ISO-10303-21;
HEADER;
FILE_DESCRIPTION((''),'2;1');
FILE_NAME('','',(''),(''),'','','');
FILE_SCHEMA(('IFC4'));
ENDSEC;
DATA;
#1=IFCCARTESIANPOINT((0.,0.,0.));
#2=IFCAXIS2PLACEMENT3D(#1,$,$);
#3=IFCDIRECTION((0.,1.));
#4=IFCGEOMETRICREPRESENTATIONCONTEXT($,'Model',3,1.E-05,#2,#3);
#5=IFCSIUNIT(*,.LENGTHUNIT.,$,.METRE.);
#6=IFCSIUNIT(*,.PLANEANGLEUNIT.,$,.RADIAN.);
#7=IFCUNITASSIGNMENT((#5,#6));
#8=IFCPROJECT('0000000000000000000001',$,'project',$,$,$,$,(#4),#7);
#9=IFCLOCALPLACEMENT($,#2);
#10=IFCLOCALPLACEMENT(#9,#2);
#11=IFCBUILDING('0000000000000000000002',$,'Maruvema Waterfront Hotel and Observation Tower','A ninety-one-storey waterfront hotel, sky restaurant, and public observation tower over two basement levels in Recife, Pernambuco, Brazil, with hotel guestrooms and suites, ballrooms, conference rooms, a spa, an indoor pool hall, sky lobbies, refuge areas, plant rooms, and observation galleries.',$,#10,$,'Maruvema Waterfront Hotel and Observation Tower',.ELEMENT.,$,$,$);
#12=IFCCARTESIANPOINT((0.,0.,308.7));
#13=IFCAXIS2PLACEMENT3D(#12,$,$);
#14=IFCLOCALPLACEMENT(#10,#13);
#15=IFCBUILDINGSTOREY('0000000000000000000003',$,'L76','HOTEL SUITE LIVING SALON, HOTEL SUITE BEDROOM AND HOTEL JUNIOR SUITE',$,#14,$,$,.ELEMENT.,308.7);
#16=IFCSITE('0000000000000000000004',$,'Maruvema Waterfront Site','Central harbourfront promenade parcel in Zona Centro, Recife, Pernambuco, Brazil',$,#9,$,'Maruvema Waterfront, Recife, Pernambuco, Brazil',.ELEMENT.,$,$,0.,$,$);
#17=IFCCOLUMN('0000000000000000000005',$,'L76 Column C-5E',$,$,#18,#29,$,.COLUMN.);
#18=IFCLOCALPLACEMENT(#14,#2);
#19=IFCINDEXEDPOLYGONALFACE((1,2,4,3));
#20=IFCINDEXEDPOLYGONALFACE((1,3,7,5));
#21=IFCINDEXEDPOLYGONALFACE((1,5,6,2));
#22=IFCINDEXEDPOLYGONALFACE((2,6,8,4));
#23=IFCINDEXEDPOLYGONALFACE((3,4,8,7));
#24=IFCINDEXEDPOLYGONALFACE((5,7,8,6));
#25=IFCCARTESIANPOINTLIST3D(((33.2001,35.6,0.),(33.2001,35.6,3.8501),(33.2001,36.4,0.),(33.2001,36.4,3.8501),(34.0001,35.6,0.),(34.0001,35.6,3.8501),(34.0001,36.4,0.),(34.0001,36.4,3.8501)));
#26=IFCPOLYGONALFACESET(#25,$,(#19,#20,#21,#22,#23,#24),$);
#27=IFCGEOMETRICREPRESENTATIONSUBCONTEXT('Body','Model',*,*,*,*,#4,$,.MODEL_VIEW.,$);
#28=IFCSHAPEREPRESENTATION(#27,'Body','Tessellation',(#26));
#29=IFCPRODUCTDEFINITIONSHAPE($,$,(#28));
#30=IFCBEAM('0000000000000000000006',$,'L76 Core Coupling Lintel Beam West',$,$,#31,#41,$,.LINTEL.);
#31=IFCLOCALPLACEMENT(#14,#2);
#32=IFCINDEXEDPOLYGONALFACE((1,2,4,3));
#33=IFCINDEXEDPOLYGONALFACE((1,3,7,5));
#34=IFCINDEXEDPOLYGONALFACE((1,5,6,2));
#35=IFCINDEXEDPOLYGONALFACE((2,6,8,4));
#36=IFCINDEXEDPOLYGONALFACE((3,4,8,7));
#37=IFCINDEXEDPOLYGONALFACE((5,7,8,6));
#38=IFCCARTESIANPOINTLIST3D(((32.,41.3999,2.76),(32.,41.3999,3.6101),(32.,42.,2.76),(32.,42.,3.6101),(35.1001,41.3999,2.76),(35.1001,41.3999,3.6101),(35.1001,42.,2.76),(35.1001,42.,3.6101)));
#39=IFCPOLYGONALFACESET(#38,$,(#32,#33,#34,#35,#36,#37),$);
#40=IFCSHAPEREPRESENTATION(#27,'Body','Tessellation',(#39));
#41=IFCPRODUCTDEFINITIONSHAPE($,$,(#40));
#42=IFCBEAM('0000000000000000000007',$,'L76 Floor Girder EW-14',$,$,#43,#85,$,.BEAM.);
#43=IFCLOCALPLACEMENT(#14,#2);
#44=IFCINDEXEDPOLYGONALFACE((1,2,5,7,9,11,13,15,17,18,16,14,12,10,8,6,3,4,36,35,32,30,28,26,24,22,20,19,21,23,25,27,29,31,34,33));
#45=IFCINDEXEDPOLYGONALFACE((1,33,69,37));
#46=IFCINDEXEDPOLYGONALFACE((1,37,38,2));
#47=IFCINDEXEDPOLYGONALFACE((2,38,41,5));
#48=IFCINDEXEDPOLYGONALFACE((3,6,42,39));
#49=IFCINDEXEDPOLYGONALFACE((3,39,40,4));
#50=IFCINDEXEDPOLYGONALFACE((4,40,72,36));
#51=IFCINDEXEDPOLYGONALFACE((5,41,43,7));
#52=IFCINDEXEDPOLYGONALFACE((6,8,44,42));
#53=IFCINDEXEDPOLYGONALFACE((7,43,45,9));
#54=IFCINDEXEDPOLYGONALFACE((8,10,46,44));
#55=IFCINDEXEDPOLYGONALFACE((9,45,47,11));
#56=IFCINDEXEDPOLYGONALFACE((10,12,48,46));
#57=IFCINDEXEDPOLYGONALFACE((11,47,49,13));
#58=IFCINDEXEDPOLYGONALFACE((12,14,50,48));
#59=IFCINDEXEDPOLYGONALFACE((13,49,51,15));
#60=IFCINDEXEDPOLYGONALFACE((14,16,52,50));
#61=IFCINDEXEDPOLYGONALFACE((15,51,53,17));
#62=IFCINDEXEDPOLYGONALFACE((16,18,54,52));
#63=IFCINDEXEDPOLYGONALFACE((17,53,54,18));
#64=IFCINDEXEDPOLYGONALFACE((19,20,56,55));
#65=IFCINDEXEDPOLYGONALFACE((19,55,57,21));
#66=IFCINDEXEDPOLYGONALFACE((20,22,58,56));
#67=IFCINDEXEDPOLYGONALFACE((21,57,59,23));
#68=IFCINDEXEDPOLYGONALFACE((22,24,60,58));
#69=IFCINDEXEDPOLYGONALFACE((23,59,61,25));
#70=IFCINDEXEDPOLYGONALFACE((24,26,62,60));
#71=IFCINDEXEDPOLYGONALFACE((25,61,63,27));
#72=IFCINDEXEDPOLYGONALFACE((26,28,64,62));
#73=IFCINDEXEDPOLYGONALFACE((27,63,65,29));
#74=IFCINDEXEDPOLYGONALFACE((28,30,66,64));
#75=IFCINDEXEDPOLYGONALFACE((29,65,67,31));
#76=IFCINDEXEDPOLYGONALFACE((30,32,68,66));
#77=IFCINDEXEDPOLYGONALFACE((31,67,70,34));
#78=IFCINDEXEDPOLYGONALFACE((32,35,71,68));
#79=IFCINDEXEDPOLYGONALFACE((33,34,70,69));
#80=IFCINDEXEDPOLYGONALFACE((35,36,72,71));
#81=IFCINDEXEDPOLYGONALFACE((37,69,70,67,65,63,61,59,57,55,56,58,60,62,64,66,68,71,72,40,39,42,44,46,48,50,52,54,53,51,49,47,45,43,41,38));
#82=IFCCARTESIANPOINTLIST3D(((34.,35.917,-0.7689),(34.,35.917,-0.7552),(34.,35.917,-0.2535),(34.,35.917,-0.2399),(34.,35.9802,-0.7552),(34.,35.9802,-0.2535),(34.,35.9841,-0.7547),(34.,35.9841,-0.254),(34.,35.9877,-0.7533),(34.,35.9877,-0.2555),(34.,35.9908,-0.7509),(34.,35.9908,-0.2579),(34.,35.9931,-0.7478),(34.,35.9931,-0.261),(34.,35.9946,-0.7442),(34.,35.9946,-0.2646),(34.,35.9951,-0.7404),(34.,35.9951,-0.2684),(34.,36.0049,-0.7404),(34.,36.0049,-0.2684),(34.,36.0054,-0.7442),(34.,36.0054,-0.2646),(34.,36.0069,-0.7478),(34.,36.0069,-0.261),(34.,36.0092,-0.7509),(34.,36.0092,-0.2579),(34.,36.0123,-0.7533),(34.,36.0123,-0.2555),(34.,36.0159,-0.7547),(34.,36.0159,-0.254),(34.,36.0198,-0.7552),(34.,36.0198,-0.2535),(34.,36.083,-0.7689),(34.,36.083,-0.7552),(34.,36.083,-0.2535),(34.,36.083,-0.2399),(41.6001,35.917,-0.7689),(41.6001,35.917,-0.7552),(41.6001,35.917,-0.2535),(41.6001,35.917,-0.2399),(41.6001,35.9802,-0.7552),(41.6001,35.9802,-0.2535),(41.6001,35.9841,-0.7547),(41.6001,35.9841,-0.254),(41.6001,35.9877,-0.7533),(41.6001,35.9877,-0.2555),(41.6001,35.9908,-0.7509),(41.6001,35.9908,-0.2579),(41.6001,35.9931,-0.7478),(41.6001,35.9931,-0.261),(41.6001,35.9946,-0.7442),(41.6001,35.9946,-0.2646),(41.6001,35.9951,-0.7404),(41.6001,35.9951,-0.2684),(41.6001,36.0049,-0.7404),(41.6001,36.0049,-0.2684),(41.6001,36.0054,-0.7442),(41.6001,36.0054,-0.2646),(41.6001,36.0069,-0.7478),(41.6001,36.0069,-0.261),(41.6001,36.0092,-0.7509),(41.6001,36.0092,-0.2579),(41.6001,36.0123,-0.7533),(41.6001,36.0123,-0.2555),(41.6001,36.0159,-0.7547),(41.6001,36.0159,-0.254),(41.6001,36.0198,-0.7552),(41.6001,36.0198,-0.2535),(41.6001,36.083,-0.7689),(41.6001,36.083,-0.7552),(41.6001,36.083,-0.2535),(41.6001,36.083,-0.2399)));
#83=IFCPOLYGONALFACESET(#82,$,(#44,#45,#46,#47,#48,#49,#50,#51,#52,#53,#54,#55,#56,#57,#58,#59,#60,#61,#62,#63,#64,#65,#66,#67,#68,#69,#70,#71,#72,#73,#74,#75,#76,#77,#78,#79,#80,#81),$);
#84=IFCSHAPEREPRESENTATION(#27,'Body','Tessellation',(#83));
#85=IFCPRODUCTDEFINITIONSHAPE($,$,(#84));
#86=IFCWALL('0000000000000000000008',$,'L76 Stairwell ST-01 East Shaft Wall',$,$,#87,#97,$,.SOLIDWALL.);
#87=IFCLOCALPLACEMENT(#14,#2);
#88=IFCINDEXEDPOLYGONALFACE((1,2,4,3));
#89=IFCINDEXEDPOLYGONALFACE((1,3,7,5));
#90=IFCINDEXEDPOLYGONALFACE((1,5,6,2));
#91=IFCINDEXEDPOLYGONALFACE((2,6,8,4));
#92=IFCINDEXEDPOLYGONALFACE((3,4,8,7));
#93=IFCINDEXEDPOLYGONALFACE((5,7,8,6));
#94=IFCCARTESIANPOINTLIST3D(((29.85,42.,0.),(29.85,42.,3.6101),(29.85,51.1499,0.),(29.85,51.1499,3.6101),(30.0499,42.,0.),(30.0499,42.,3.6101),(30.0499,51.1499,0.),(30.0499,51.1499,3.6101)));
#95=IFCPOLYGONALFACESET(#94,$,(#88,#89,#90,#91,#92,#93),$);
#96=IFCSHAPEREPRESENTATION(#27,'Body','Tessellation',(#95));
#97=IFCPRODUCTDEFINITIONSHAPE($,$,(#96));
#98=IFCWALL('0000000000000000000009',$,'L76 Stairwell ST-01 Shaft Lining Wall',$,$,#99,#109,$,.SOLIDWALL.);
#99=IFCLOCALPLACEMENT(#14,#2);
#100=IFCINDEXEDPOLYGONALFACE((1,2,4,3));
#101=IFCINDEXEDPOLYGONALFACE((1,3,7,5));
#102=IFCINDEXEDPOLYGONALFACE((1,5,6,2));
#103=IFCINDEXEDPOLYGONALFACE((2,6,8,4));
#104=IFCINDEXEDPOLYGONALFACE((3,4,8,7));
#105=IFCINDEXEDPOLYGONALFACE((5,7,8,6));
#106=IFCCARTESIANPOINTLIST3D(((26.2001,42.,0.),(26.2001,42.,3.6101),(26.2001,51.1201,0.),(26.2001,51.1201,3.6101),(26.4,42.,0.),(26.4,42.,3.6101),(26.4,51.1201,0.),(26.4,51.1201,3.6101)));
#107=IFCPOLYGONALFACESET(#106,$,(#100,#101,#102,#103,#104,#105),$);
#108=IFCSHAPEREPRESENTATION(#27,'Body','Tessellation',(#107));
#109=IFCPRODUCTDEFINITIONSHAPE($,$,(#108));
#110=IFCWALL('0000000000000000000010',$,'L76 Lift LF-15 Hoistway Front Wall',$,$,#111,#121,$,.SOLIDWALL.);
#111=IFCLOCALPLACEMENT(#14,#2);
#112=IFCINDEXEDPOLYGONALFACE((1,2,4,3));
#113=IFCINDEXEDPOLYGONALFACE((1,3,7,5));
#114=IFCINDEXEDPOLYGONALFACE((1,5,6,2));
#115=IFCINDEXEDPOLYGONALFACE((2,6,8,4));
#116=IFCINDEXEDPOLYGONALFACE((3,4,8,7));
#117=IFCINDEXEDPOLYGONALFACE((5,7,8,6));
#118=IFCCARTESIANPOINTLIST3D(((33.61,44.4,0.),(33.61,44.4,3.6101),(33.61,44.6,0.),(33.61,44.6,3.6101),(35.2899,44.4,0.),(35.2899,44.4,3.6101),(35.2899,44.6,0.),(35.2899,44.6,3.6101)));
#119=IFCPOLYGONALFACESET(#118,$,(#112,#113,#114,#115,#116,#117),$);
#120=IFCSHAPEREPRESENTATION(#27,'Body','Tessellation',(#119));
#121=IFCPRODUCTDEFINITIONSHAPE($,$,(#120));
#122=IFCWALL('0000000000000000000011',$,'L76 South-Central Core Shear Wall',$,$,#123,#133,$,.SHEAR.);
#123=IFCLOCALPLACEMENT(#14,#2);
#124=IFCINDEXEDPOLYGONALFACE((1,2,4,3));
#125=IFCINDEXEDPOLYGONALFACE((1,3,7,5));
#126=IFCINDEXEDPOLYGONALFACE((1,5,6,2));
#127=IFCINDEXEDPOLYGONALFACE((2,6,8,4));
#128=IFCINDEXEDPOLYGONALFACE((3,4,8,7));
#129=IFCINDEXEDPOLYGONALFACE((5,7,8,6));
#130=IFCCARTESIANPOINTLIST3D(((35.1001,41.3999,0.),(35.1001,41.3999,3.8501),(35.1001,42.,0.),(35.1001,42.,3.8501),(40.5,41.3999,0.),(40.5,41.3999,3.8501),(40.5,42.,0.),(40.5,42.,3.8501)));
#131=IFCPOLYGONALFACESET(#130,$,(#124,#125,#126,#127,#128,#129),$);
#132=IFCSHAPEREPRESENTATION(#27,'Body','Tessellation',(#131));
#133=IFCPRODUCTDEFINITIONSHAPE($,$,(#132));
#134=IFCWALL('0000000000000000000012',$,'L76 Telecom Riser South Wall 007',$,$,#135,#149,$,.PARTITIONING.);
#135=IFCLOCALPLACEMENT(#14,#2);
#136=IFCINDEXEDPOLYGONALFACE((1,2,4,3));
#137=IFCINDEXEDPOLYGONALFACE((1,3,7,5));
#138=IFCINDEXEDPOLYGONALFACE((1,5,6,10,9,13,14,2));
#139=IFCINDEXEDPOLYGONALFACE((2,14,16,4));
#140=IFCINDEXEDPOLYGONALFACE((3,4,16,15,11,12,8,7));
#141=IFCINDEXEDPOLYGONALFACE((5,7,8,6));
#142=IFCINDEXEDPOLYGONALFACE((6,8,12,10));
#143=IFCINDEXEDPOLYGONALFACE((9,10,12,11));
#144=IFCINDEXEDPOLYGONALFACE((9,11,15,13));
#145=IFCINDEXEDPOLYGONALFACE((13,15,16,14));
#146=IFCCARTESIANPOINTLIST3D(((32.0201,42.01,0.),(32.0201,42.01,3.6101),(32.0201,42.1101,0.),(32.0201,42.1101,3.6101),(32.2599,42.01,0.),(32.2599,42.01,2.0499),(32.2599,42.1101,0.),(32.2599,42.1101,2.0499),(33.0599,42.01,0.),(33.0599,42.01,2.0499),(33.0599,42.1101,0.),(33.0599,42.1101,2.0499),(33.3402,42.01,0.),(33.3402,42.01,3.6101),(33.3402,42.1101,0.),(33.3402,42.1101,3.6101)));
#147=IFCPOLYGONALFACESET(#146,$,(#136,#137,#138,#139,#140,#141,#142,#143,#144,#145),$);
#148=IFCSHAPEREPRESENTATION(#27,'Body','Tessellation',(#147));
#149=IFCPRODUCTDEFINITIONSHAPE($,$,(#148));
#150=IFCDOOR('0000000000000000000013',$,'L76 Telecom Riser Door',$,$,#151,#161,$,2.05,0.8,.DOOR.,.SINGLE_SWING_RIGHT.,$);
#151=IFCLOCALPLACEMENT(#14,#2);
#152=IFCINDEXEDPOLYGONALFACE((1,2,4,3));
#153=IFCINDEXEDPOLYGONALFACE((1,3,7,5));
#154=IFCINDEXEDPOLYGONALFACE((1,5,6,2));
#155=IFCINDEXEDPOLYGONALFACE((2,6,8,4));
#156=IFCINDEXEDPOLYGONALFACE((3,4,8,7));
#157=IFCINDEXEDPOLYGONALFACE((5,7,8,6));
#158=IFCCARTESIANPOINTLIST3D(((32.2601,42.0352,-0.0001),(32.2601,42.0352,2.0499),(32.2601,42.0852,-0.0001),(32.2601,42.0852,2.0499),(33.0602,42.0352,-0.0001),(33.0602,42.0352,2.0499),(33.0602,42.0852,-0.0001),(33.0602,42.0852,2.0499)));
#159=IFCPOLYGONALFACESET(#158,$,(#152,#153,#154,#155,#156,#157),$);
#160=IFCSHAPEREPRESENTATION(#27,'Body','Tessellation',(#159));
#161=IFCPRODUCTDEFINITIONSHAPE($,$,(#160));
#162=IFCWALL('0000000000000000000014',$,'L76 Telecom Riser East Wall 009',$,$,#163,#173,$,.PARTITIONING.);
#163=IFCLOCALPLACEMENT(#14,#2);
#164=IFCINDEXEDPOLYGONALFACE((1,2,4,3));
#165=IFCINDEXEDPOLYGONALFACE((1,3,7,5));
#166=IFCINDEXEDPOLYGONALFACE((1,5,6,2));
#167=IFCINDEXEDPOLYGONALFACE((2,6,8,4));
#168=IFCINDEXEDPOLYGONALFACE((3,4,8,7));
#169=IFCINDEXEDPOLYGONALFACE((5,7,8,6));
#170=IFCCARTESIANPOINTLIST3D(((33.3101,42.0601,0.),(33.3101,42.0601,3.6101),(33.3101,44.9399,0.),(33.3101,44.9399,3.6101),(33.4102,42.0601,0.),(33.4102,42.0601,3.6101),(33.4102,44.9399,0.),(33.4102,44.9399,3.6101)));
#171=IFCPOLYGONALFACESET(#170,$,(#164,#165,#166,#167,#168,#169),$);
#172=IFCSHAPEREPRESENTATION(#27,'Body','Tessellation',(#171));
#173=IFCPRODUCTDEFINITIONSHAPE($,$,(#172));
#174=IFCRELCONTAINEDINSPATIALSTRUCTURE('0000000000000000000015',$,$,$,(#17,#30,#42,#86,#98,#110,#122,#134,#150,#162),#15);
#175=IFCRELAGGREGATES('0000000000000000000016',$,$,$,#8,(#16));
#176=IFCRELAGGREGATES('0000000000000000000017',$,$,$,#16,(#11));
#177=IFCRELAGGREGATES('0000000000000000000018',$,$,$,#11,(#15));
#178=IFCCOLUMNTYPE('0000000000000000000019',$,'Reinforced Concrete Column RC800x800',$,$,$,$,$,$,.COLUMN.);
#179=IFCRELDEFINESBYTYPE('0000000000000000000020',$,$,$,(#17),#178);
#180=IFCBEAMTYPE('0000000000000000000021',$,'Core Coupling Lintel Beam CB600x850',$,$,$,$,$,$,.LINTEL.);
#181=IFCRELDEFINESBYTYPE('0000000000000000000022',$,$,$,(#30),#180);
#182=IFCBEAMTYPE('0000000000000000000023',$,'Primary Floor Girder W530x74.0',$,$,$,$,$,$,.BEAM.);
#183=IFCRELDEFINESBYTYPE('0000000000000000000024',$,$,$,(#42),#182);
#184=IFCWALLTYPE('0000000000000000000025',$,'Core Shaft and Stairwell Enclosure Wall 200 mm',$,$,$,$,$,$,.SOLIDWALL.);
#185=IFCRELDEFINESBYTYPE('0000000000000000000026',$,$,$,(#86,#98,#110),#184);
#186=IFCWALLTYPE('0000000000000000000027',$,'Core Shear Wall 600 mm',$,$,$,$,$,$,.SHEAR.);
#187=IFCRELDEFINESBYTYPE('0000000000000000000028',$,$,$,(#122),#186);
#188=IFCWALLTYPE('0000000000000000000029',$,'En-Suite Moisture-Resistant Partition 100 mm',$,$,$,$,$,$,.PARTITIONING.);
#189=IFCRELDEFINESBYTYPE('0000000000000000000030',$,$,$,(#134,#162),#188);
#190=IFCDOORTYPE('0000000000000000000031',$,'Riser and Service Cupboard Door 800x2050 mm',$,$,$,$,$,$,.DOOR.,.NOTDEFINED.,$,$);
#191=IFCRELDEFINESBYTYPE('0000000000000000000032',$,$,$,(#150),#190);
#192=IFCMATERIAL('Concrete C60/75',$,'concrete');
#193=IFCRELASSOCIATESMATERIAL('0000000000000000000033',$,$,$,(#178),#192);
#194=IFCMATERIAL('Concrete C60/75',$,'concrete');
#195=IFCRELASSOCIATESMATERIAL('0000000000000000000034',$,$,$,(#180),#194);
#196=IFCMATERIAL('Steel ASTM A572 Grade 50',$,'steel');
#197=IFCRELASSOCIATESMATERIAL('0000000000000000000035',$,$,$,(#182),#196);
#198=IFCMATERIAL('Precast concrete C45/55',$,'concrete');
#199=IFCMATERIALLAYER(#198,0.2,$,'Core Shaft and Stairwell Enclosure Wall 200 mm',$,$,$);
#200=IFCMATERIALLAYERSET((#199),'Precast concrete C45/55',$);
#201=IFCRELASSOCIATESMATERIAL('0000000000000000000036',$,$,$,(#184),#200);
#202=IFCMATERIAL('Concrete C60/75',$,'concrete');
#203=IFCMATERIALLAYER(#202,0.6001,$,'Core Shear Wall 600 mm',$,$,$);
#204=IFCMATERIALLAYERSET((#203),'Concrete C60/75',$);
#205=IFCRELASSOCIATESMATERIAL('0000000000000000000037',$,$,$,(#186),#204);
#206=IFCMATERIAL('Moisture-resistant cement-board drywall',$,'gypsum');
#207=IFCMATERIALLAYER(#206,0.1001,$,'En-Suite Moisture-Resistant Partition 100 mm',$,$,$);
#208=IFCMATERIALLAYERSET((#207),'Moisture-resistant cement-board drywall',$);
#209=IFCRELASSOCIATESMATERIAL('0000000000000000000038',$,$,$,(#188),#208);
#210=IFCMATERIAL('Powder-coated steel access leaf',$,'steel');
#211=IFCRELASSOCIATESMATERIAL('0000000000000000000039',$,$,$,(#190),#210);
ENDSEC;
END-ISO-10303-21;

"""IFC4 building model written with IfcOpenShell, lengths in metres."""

from ifc_helpers import new_model, si_unit, direction, frame, frame_2d, origin, origin_2d, place, context, subcontext, project, spatial, rectangle, i_section, extrude, material, layer, layer_set, material_profile, profile_set, type_object, element, fill, save


model = new_model("IFC4")

# Units and contexts
model_context = context("Model", 3, precision=1e-05, world=origin(), true_north=direction((0.0, 1.0)))
body_context = subcontext(model_context, "Body", "Model", "MODEL_VIEW")
ifc_project = project(units=[si_unit("LENGTHUNIT", "METRE"), si_unit("PLANEANGLEUNIT", "RADIAN")], contexts=[model_context])

# Site, building, storey
site_placement = place(None, origin())
site = spatial("IfcSite", under=ifc_project, at=site_placement, Name="Maruvema Waterfront Site", Description="Central harbourfront promenade parcel in Zona Centro, Recife, Pernambuco, Brazil", LongName="Maruvema Waterfront, Recife, Pernambuco, Brazil", CompositionType="ELEMENT", RefElevation=0.0)
building_placement = place(site_placement, origin())
building = spatial("IfcBuilding", under=site, at=building_placement, Name="Maruvema Waterfront Hotel and Observation Tower", Description="A ninety-one-storey waterfront hotel, sky restaurant, and public observation tower over two basement levels in Recife, Pernambuco, Brazil, with hotel guestrooms and suites, ballrooms, conference rooms, a spa, an indoor pool hall, sky lobbies, refuge areas, plant rooms, and observation galleries.", LongName="Maruvema Waterfront Hotel and Observation Tower", CompositionType="ELEMENT")
storey_placement = place(building_placement, frame((0.0, 0.0, 308.7)))
storey = spatial("IfcBuildingStorey", under=building, at=storey_placement, Name="L76", Description="HOTEL SUITE LIVING SALON, HOTEL SUITE BEDROOM AND HOTEL JUNIOR SUITE", CompositionType="ELEMENT", Elevation=308.7)

# Column
ifc_material_1 = material(Name="Concrete C60/75", Category="concrete")
ifc_material_profile_1 = material_profile(ifc_material_1, rectangle(XDim=0.8, YDim=0.8, at=origin_2d()), Name="RC800x800")
ifc_profile_set_1 = profile_set([ifc_material_profile_1], Name="Concrete C60/75")
column_type = type_object("IfcColumnType", Name="Reinforced Concrete Column RC800x800", PredefinedType="COLUMN", material=ifc_profile_set_1)
column_placement = place(storey_placement, frame((33.6001, 36.0, 0.0), z_axis=(0.0, 0.0, 1.0), x_axis=(1.0, 0.0, 0.0)))
element("IfcColumn", 1, at=column_placement, inside=storey, type_object=column_type, Name="L76 Column C-5E", PredefinedType="COLUMN", context=body_context, shape_type="SweptSolid", body=[
    extrude(rectangle(XDim=0.8, YDim=0.8, at=origin_2d()), origin(), (0.0, 0.0, 1.0), 3.8501),
])

# Beams
ifc_material_2 = material(Name="Concrete C60/75", Category="concrete")
ifc_material_profile_2 = material_profile(ifc_material_2, rectangle(XDim=0.6001, YDim=0.8501, at=origin_2d()), Name="CB600x850")
ifc_profile_set_2 = profile_set([ifc_material_profile_2], Name="Concrete C60/75")
beam_type_1 = type_object("IfcBeamType", Name="Core Coupling Lintel Beam CB600x850", PredefinedType="LINTEL", material=ifc_profile_set_2)
beam_1_placement = place(storey_placement, frame((32.0, 41.7, 3.1851), z_axis=(1.0, 0.0, 0.0), x_axis=(0.0, 1.0, 0.0)))
element("IfcBeam", 2, at=beam_1_placement, inside=storey, type_object=beam_type_1, Name="L76 Core Coupling Lintel Beam West", PredefinedType="LINTEL", context=body_context, shape_type="SweptSolid", body=[
    extrude(rectangle(XDim=0.6001, YDim=0.8501, at=origin_2d()), origin(), (0.0, 0.0, 1.0), 3.1001),
])
ifc_material_3 = material(Name="Steel ASTM A572 Grade 50", Category="steel")
ifc_material_profile_3 = material_profile(ifc_material_3, i_section(OverallWidth=0.166, OverallDepth=0.5291, WebThickness=0.0098, FlangeThickness=0.0137, FilletRadius=0.0149, at=origin_2d()), Name="W530x74.0")
ifc_profile_set_3 = profile_set([ifc_material_profile_3], Name="Steel ASTM A572 Grade 50")
beam_type_2 = type_object("IfcBeamType", Name="Primary Floor Girder W530x74.0", PredefinedType="BEAM", material=ifc_profile_set_3)
beam_2_placement = place(storey_placement, frame((34.0, 36.0, -0.5044), z_axis=(1.0, 0.0, 0.0), x_axis=(0.0, 1.0, 0.0)))
element("IfcBeam", 3, at=beam_2_placement, inside=storey, type_object=beam_type_2, Name="L76 Floor Girder EW-14", PredefinedType="BEAM", context=body_context, shape_type="SweptSolid", body=[
    extrude(i_section(OverallWidth=0.166, OverallDepth=0.5291, WebThickness=0.0098, FlangeThickness=0.0137, FilletRadius=0.0149, at=origin_2d()), origin(), (0.0, 0.0, 1.0), 7.6001),
])

# Walls
ifc_material_4 = material(Name="Precast concrete C45/55", Category="concrete")
ifc_layer_1 = layer(ifc_material_4, 0.2, Name="Core Shaft and Stairwell Enclosure Wall 200 mm")
ifc_layer_set_1 = layer_set([ifc_layer_1], Name="Precast concrete C45/55")
wall_type_1 = type_object("IfcWallType", Name="Core Shaft and Stairwell Enclosure Wall 200 mm", PredefinedType="SOLIDWALL", material=ifc_layer_set_1)
wall_1_placement = place(storey_placement, frame((29.95, 42.0, 0.0), z_axis=(0.0, 0.0, 1.0), x_axis=(0.0, 1.0, 0.0)))
element("IfcWall", 4, at=wall_1_placement, inside=storey, type_object=wall_type_1, Name="L76 Stairwell ST-01 East Shaft Wall", PredefinedType="SOLIDWALL", context=body_context, shape_type="SweptSolid", body=[
    extrude(rectangle(XDim=9.1499, YDim=0.2, at=frame_2d((4.575, 0.0))), origin(), (0.0, 0.0, 1.0), 3.6101),
])
wall_2_placement = place(storey_placement, frame((26.3, 42.0, 0.0), z_axis=(0.0, 0.0, 1.0), x_axis=(0.0, 1.0, 0.0)))
element("IfcWall", 5, at=wall_2_placement, inside=storey, type_object=wall_type_1, Name="L76 Stairwell ST-01 Shaft Lining Wall", PredefinedType="SOLIDWALL", context=body_context, shape_type="SweptSolid", body=[
    extrude(rectangle(XDim=9.1201, YDim=0.2, at=frame_2d((4.5601, 0.0))), origin(), (0.0, 0.0, 1.0), 3.6101),
])
wall_3_placement = place(storey_placement, frame((33.6101, 44.5, 0.0), z_axis=(0.0, 0.0, 1.0), x_axis=(1.0, 0.0, 0.0)))
element("IfcWall", 6, at=wall_3_placement, inside=storey, type_object=wall_type_1, Name="L76 Lift LF-15 Hoistway Front Wall", PredefinedType="SOLIDWALL", context=body_context, shape_type="SweptSolid", body=[
    extrude(rectangle(XDim=1.6799, YDim=0.2, at=frame_2d((0.8398, 0.0))), origin(), (0.0, 0.0, 1.0), 3.6101),
])
ifc_material_5 = material(Name="Concrete C60/75", Category="concrete")
ifc_layer_2 = layer(ifc_material_5, 0.6001, Name="Core Shear Wall 600 mm")
ifc_layer_set_2 = layer_set([ifc_layer_2], Name="Concrete C60/75")
wall_type_2 = type_object("IfcWallType", Name="Core Shear Wall 600 mm", PredefinedType="SHEAR", material=ifc_layer_set_2)
wall_4_placement = place(storey_placement, frame((35.1001, 41.7, 0.0), z_axis=(0.0, 0.0, 1.0), x_axis=(1.0, 0.0, 0.0)))
element("IfcWall", 7, at=wall_4_placement, inside=storey, type_object=wall_type_2, Name="L76 South-Central Core Shear Wall", PredefinedType="SHEAR", context=body_context, shape_type="SweptSolid", body=[
    extrude(rectangle(XDim=5.3999, YDim=0.6001, at=frame_2d((2.7, 0.0))), origin(), (0.0, 0.0, 1.0), 3.8501),
])

# Wall, opening, door
ifc_material_6 = material(Name="Moisture-resistant cement-board drywall", Category="gypsum")
ifc_layer_3 = layer(ifc_material_6, 0.1001, Name="En-Suite Moisture-Resistant Partition 100 mm")
ifc_layer_set_3 = layer_set([ifc_layer_3], Name="Moisture-resistant cement-board drywall")
wall_type_3 = type_object("IfcWallType", Name="En-Suite Moisture-Resistant Partition 100 mm", PredefinedType="PARTITIONING", material=ifc_layer_set_3)
wall_5_placement = place(storey_placement, frame((32.02, 42.0601, 0.0), z_axis=(0.0, 0.0, 1.0), x_axis=(1.0, 0.0, 0.0)))
wall_5 = element("IfcWall", 8, at=wall_5_placement, inside=storey, type_object=wall_type_3, Name="L76 Telecom Riser South Wall 007", PredefinedType="PARTITIONING", context=body_context, shape_type="SweptSolid", body=[
    extrude(rectangle(XDim=1.3201, YDim=0.1001, at=frame_2d((0.6602, 0.0))), origin(), (0.0, 0.0, 1.0), 3.6101),
])
opening_1_placement = place(wall_5_placement, frame((0.24, 0.0, 0.0)))
opening_1 = element("IfcOpeningElement", 9, at=opening_1_placement, cuts=wall_5, PredefinedType="OPENING", context=body_context, shape_type="SweptSolid", body=[
    extrude(rectangle(XDim=0.8, YDim=2.05, at=frame_2d((0.3999, 1.0249))), frame((0.0, 0.0601, 0.0), z_axis=(0.0, -1.0, 0.0), x_axis=(1.0, 0.0, 0.0)), (0.0, 0.0, 1.0), 0.1201),
])
ifc_material_7 = material(Name="Powder-coated steel access leaf", Category="steel")
door_type_1 = type_object("IfcDoorType", Name="Riser and Service Cupboard Door 800x2050 mm", OperationType="NOTDEFINED", PredefinedType="DOOR", material=ifc_material_7)
door_1_placement = place(opening_1_placement, frame((0.8, 0.0, 0.0), z_axis=(0.0, 0.0, 1.0), x_axis=(-1.0, 0.0, 0.0)))
door_1 = element("IfcDoor", 10, at=door_1_placement, inside=storey, type_object=door_type_1, Name="L76 Telecom Riser Door", OperationType="SINGLE_SWING_RIGHT", OverallHeight=2.05, OverallWidth=0.8, PredefinedType="DOOR", context=body_context, shape_type="SweptSolid", body=[
    extrude(rectangle(XDim=0.8, YDim=2.05, at=frame_2d((0.3999, 1.0249))), frame((0.0, 0.0249, 0.0), z_axis=(0.0, -1.0, 0.0), x_axis=(1.0, 0.0, 0.0)), (0.0, 0.0, 1.0), 0.05),
])
fill(opening_1, door_1)

# Wall
wall_6_placement = place(storey_placement, frame((33.3601, 42.0601, 0.0), z_axis=(0.0, 0.0, 1.0), x_axis=(0.0, 1.0, 0.0)))
element("IfcWall", 11, at=wall_6_placement, inside=storey, type_object=wall_type_3, Name="L76 Telecom Riser East Wall 009", PredefinedType="PARTITIONING", context=body_context, shape_type="SweptSolid", body=[
    extrude(rectangle(XDim=2.8799, YDim=0.1001, at=frame_2d((1.4399, 0.0))), origin(), (0.0, 0.0, 1.0), 3.6101),
])

save(model, "model.ifc")
